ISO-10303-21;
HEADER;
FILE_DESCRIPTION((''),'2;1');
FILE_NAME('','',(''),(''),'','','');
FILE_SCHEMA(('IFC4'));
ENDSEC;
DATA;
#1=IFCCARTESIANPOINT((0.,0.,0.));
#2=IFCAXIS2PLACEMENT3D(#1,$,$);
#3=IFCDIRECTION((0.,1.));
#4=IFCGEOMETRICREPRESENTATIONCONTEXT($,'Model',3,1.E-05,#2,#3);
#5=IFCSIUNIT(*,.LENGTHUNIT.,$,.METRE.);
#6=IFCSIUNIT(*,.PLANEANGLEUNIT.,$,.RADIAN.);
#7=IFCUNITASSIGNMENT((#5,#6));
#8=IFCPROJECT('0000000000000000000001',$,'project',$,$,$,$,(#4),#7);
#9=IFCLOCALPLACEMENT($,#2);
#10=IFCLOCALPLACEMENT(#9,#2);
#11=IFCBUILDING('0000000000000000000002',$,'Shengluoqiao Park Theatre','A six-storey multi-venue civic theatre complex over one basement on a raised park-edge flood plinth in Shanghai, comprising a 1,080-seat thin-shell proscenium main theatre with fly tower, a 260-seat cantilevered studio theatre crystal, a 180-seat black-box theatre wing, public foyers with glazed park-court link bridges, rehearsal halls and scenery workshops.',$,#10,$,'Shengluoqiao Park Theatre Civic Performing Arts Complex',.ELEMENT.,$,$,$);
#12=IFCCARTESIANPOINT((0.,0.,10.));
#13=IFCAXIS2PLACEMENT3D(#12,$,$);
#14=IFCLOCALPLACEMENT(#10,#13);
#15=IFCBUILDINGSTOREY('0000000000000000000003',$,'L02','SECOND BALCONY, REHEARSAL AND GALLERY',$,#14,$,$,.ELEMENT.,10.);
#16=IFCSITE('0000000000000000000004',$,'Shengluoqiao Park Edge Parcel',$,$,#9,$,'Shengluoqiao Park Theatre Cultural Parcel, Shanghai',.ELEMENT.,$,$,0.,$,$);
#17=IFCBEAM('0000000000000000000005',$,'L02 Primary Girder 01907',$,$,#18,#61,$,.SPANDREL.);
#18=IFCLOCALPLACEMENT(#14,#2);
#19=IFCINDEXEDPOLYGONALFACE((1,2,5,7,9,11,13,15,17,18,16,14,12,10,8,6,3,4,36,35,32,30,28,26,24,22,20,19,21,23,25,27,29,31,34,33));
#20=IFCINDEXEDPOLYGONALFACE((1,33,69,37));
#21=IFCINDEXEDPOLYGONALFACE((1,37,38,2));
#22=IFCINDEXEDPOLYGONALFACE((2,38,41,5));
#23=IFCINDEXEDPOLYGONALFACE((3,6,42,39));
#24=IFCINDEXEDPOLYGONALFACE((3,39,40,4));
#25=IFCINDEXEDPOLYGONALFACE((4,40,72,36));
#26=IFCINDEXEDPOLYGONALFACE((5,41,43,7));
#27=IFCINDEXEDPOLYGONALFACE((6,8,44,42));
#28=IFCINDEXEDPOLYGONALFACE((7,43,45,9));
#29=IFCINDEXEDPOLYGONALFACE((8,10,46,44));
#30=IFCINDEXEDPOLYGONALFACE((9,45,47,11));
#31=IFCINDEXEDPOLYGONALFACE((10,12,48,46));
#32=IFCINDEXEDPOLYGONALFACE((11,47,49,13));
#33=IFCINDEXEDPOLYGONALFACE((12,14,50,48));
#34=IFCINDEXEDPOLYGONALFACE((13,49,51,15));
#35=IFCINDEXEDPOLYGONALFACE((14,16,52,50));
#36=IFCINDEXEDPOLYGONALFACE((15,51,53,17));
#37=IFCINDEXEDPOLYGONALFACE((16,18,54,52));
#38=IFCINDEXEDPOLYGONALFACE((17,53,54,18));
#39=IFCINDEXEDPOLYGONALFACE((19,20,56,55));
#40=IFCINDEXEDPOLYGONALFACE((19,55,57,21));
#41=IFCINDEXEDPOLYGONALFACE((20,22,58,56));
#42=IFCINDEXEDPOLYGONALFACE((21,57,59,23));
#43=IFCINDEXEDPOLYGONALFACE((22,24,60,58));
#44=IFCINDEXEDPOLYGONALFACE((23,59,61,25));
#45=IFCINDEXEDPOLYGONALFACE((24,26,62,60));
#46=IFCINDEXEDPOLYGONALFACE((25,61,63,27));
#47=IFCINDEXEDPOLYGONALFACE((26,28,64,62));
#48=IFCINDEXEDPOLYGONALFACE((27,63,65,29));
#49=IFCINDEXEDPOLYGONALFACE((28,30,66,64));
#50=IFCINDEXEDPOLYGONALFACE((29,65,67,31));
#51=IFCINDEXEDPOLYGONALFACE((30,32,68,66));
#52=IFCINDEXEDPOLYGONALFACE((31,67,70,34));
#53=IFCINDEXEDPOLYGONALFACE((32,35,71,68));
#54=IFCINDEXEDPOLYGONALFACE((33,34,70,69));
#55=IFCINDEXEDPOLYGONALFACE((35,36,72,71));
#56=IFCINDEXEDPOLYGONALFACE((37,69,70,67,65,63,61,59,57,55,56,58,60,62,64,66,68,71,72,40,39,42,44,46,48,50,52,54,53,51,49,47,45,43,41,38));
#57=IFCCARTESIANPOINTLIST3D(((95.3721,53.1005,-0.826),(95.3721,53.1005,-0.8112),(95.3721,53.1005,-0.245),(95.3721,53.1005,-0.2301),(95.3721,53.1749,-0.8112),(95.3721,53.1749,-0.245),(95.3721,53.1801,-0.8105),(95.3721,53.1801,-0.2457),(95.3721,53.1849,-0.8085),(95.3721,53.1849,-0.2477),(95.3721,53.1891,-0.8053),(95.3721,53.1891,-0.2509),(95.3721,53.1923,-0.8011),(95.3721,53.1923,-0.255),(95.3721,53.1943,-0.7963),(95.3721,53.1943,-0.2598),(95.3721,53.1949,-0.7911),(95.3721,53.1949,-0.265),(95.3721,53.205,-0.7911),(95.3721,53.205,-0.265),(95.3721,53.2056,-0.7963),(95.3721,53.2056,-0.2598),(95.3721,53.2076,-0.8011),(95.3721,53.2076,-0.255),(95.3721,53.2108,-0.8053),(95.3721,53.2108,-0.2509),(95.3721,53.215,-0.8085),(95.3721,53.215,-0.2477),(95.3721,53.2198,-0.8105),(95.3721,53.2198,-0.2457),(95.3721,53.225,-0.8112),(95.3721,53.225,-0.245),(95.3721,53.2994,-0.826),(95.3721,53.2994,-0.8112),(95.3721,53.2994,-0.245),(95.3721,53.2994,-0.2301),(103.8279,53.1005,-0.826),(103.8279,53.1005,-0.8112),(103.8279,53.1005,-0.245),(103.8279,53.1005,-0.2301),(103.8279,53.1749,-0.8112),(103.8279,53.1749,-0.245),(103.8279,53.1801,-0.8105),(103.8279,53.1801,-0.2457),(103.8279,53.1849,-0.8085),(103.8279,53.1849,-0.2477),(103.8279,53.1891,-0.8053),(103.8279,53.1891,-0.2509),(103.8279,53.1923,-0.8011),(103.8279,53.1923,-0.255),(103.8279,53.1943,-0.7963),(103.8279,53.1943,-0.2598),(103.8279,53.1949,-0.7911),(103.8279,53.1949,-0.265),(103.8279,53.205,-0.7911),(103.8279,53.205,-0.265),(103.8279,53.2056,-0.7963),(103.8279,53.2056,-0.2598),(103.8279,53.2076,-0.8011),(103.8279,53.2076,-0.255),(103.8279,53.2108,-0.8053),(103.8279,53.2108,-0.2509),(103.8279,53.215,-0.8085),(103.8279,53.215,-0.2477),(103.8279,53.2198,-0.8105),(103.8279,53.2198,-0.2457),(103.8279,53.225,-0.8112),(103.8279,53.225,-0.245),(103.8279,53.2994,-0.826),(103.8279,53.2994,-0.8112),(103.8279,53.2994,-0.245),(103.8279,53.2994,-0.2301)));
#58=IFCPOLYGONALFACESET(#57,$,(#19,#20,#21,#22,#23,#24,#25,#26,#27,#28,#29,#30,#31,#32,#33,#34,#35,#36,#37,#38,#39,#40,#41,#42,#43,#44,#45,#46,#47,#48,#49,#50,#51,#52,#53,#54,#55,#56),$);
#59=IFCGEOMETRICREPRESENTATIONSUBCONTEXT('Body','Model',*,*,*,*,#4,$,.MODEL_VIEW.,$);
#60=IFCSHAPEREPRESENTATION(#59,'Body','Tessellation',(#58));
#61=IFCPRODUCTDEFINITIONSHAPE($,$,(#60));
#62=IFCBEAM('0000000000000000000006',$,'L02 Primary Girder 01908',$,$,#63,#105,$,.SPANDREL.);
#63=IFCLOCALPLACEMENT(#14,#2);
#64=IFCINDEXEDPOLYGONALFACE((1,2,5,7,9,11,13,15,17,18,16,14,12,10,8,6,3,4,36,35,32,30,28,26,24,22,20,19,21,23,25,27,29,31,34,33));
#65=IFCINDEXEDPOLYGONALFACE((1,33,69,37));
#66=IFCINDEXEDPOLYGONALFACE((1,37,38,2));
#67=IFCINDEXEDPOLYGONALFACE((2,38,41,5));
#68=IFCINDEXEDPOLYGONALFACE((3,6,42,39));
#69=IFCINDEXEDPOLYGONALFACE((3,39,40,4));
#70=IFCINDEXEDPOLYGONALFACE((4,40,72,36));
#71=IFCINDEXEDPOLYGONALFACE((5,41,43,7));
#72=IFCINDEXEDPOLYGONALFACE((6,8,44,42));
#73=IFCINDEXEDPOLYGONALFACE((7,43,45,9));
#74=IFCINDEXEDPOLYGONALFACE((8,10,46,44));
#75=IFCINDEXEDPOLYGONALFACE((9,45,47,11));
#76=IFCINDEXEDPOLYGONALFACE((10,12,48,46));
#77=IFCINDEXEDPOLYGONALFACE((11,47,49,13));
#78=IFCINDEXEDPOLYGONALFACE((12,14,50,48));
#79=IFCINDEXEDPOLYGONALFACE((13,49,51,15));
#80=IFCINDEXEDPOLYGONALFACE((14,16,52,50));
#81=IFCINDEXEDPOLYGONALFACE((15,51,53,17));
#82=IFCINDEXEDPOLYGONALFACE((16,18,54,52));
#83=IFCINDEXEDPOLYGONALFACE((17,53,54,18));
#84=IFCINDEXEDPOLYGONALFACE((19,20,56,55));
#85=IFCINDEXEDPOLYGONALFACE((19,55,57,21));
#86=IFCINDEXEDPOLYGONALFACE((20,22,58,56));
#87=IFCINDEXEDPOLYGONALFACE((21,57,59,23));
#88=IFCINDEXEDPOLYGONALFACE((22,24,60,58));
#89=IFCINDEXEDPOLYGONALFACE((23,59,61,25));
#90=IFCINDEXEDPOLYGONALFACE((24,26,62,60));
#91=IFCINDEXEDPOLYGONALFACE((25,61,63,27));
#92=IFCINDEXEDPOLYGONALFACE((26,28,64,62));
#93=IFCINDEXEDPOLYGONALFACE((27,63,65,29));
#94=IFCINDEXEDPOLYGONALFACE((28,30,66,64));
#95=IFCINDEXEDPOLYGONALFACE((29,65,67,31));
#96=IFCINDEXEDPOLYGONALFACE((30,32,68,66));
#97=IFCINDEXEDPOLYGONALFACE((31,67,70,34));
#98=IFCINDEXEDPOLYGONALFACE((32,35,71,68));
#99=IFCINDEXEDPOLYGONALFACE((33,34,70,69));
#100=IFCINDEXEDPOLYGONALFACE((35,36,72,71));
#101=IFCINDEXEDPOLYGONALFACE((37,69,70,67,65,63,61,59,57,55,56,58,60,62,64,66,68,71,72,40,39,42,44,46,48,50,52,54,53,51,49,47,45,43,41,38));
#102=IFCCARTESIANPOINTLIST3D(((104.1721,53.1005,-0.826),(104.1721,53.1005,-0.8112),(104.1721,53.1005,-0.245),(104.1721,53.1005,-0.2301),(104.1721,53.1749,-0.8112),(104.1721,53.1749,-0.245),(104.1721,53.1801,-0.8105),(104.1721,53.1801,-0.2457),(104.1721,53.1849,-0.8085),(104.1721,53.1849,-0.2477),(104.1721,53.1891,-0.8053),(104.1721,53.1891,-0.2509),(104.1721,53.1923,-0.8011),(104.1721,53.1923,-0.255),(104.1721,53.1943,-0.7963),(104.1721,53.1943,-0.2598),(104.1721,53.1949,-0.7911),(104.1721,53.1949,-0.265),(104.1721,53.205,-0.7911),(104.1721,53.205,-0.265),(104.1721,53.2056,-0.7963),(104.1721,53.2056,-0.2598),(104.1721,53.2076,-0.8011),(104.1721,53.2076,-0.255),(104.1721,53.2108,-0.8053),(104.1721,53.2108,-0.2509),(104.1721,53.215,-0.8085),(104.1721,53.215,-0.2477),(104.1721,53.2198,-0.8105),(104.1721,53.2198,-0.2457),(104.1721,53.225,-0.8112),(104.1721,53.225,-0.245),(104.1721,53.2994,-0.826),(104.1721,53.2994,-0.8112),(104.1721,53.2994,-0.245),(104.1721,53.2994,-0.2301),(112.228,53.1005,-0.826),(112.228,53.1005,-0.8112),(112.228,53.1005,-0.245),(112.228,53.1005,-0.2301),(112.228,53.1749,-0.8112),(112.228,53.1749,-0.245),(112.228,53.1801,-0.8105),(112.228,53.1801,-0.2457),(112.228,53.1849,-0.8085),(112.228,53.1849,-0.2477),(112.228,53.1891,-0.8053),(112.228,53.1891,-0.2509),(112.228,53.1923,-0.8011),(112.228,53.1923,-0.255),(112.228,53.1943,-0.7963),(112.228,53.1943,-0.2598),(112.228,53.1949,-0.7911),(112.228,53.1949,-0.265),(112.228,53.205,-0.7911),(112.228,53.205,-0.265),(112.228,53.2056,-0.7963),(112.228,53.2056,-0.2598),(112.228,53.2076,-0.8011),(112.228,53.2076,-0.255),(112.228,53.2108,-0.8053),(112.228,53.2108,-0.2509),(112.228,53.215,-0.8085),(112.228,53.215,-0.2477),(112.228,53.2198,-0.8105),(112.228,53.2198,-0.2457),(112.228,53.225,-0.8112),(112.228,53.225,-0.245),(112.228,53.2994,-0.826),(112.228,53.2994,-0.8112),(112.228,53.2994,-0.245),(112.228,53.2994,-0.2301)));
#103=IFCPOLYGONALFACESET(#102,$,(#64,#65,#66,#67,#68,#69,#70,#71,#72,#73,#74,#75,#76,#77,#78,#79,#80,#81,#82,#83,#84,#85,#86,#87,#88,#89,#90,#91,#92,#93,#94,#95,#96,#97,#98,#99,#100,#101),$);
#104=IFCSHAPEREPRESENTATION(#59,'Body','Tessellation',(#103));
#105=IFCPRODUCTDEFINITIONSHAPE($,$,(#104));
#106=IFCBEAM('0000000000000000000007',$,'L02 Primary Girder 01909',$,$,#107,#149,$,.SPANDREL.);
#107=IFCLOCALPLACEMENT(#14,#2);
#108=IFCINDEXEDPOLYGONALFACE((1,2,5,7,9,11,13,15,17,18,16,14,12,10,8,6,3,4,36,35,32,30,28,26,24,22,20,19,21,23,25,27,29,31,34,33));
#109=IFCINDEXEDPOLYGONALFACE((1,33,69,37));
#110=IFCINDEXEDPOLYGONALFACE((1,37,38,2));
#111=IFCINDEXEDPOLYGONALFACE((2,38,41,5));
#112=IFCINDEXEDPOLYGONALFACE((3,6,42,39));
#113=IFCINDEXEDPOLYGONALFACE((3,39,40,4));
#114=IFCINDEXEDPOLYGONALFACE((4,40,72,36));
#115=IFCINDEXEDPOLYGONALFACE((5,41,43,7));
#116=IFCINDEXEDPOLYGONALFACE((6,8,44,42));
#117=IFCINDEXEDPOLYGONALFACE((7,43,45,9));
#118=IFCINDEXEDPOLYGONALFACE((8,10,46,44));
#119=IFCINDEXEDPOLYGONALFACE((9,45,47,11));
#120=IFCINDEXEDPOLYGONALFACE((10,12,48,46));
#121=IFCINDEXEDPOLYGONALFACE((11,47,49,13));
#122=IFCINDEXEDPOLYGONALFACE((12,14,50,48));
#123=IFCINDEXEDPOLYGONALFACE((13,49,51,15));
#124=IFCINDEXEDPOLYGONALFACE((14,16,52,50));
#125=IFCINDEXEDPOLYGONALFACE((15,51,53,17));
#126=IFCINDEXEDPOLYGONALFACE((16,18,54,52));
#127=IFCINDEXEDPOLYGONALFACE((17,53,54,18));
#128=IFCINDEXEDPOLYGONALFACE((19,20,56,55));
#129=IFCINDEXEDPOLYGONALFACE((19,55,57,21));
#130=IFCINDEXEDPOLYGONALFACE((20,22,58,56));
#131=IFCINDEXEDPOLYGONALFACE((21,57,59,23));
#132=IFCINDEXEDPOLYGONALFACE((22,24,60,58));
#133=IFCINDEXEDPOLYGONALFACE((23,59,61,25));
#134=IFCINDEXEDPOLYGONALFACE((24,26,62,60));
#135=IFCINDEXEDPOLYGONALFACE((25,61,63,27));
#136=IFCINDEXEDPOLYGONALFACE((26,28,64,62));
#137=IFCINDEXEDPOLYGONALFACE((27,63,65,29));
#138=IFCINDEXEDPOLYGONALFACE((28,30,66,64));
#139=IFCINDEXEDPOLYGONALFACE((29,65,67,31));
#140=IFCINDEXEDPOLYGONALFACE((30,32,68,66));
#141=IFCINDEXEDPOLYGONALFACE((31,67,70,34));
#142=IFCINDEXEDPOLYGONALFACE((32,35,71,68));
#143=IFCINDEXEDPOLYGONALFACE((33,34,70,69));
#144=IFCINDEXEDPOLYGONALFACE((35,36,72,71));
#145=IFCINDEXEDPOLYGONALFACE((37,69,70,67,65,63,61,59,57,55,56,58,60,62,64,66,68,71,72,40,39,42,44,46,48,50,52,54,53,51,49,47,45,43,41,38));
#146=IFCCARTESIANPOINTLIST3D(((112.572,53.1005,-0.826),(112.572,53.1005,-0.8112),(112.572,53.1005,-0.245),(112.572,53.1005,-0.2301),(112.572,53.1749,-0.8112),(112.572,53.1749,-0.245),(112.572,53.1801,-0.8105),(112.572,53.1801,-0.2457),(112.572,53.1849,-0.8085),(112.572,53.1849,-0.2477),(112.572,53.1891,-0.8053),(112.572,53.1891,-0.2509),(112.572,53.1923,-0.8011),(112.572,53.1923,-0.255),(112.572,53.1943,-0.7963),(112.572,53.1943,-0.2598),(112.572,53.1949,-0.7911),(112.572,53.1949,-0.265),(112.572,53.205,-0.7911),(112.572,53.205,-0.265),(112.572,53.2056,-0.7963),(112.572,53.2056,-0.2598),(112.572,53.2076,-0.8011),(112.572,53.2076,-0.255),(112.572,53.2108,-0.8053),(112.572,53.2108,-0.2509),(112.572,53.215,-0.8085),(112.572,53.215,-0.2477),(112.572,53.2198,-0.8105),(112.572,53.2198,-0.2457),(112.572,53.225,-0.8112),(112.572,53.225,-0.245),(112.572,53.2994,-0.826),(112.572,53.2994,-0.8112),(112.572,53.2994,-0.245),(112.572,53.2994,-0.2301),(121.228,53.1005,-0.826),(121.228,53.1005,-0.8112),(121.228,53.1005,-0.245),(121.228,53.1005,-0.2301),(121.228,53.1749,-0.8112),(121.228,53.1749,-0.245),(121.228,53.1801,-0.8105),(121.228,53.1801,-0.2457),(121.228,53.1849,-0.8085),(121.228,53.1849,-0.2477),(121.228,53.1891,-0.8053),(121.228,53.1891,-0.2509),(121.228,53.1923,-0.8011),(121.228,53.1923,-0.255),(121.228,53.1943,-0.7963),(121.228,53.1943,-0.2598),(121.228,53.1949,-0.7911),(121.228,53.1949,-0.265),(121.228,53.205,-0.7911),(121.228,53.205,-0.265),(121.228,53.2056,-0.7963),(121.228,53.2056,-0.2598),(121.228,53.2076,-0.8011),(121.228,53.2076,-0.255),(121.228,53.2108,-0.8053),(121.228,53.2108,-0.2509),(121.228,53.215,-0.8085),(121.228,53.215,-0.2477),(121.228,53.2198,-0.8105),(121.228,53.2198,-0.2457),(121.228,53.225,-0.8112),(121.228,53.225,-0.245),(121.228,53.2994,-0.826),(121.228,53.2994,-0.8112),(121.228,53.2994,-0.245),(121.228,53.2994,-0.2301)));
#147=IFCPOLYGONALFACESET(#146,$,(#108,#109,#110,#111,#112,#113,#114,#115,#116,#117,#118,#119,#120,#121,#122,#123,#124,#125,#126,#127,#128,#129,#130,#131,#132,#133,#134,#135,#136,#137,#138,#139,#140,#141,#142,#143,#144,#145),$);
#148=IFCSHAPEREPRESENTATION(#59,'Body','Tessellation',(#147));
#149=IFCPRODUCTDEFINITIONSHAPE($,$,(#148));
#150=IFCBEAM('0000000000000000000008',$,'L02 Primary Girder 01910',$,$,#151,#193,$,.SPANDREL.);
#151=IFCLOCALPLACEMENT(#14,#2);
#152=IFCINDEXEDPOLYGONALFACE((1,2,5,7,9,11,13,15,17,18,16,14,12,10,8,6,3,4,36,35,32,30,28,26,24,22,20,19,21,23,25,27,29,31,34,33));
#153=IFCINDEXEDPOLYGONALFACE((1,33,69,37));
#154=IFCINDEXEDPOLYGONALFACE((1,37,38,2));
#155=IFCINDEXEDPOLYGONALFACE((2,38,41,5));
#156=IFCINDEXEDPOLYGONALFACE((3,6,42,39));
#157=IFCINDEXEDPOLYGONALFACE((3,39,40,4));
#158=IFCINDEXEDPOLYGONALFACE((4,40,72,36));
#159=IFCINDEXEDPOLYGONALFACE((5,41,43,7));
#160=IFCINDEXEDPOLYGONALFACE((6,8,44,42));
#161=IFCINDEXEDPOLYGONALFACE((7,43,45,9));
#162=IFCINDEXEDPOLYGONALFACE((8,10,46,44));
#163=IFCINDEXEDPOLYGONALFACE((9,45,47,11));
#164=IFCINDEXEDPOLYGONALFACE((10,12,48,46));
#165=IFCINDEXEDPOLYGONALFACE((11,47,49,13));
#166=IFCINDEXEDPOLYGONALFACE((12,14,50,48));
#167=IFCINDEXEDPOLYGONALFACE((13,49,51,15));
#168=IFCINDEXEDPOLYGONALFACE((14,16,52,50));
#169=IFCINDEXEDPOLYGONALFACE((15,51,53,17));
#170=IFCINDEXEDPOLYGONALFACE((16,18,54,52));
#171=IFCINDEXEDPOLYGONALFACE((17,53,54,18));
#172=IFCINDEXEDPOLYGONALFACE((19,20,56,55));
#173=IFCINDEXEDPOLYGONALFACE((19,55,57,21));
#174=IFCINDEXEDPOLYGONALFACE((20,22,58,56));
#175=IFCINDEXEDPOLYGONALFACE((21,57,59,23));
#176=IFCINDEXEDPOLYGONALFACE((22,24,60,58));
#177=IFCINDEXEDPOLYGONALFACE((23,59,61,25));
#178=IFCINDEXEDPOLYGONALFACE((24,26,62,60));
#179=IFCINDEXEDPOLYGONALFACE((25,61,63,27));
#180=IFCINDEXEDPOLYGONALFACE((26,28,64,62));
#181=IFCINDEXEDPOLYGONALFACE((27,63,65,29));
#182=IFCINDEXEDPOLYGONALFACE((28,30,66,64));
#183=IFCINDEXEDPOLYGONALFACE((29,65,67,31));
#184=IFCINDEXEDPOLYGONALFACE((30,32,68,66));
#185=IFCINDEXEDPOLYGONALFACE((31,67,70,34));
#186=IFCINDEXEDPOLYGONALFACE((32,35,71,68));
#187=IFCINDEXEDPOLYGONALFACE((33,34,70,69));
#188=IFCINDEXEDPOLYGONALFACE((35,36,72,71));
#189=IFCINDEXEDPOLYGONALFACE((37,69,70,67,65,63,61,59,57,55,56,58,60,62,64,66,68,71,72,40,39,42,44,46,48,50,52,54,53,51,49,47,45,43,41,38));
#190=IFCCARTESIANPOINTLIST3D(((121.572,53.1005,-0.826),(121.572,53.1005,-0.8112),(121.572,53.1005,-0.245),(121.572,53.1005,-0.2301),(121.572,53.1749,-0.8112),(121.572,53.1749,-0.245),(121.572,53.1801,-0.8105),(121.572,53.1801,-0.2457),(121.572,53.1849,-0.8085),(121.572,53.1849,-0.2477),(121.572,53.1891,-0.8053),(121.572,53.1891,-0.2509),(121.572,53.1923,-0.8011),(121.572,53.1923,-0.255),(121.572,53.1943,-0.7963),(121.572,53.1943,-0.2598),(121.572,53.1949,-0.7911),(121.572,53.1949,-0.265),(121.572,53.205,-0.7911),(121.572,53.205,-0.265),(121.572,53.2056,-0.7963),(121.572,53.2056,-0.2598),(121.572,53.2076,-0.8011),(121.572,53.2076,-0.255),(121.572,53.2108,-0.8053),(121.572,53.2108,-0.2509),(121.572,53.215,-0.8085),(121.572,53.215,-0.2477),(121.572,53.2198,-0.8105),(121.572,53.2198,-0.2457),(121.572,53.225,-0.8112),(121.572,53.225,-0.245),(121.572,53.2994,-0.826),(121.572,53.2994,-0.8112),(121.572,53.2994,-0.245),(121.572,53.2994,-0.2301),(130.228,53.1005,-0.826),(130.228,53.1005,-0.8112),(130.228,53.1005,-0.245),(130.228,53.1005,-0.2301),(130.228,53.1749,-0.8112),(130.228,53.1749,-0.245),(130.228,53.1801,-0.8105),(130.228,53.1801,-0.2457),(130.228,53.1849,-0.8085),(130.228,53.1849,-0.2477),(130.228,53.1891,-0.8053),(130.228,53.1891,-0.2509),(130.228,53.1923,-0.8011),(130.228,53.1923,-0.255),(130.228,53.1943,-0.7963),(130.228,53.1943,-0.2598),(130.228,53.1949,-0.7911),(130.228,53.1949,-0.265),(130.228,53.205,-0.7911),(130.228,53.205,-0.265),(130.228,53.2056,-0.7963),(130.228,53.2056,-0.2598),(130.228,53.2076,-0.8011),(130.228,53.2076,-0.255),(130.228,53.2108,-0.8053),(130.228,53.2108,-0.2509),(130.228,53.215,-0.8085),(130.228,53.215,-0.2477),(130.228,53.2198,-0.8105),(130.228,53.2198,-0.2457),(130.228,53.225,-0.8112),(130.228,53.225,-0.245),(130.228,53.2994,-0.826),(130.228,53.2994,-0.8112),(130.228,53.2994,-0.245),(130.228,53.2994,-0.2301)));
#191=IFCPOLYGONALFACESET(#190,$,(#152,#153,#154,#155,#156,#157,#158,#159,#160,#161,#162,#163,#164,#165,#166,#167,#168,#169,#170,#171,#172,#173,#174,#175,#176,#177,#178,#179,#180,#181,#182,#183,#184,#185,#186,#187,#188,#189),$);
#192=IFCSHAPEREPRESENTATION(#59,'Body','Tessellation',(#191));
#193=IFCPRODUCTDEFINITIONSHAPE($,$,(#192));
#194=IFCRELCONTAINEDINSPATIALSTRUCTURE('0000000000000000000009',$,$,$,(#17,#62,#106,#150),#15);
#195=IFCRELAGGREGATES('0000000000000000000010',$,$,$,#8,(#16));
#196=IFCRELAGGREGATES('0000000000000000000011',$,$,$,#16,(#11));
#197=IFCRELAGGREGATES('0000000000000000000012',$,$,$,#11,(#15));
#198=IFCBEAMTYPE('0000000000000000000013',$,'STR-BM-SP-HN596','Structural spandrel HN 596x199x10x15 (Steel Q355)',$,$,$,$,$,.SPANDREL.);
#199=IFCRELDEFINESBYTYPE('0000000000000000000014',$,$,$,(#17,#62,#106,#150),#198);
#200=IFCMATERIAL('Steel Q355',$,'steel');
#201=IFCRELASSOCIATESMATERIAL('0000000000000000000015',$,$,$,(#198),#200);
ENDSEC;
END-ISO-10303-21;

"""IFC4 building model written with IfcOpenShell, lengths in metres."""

from ifc_helpers import new_model, si_unit, direction, frame, origin, origin_2d, place, context, subcontext, project, spatial, i_section, extrude, material, material_profile, profile_set, type_object, element, save


model = new_model("IFC4")

# Units and contexts
model_context = context("Model", 3, precision=1e-05, world=origin(), true_north=direction((0.0, 1.0)))
body_context = subcontext(model_context, "Body", "Model", "MODEL_VIEW")
ifc_project = project(units=[si_unit("LENGTHUNIT", "METRE"), si_unit("PLANEANGLEUNIT", "RADIAN")], contexts=[model_context])

# Site, building, storey
site_placement = place(None, origin())
site = spatial("IfcSite", under=ifc_project, at=site_placement, Name="Shengluoqiao Park Edge Parcel", LongName="Shengluoqiao Park Theatre Cultural Parcel, Shanghai", CompositionType="ELEMENT", RefElevation=0.0)
building_placement = place(site_placement, origin())
building = spatial("IfcBuilding", under=site, at=building_placement, Name="Shengluoqiao Park Theatre", Description="A six-storey multi-venue civic theatre complex over one basement on a raised park-edge flood plinth in Shanghai, comprising a 1,080-seat thin-shell proscenium main theatre with fly tower, a 260-seat cantilevered studio theatre crystal, a 180-seat black-box theatre wing, public foyers with glazed park-court link bridges, rehearsal halls and scenery workshops.", LongName="Shengluoqiao Park Theatre Civic Performing Arts Complex", CompositionType="ELEMENT")
storey_placement = place(building_placement, frame((0.0, 0.0, 10.0)))
storey = spatial("IfcBuildingStorey", under=building, at=storey_placement, Name="L02", Description="SECOND BALCONY, REHEARSAL AND GALLERY", CompositionType="ELEMENT", Elevation=10.0)

# Beams
ifc_material_1 = material(Name="Steel Q355", Category="steel")
ifc_material_profile_1 = material_profile(ifc_material_1, i_section(OverallWidth=0.199, OverallDepth=0.5959, WebThickness=0.01, FlangeThickness=0.0149, FilletRadius=0.02, at=origin_2d()), Name="HN 596x199x10x15")
ifc_profile_set_1 = profile_set([ifc_material_profile_1], Name="Steel Q355")
beam_type_1 = type_object("IfcBeamType", Name="STR-BM-SP-HN596", Description="Structural spandrel HN 596x199x10x15 (Steel Q355)", PredefinedType="SPANDREL", material=ifc_profile_set_1)
beam_1_placement = place(storey_placement, frame((95.3721, 53.2, -0.5281), z_axis=(1.0, 0.0, 0.0), x_axis=(0.0, 1.0, 0.0)))
element("IfcBeam", 1, at=beam_1_placement, inside=storey, type_object=beam_type_1, Name="L02 Primary Girder 01907", PredefinedType="SPANDREL", context=body_context, shape_type="SweptSolid", body=[
    extrude(i_section(OverallWidth=0.199, OverallDepth=0.5959, WebThickness=0.01, FlangeThickness=0.0149, FilletRadius=0.02, at=origin_2d()), origin(), (0.0, 0.0, 1.0), 8.4558),
])
beam_2_placement = place(storey_placement, frame((104.1721, 53.2, -0.5281), z_axis=(1.0, 0.0, 0.0), x_axis=(0.0, 1.0, 0.0)))
element("IfcBeam", 2, at=beam_2_placement, inside=storey, type_object=beam_type_1, Name="L02 Primary Girder 01908", PredefinedType="SPANDREL", context=body_context, shape_type="SweptSolid", body=[
    extrude(i_section(OverallWidth=0.199, OverallDepth=0.5959, WebThickness=0.01, FlangeThickness=0.0149, FilletRadius=0.02, at=origin_2d()), origin(), (0.0, 0.0, 1.0), 8.0559),
])
for number, where, z_axis, x_axis, name in (
    (3, (112.572, 53.2, -0.5281), (1.0, 0.0, 0.0), (0.0, 1.0, 0.0), "L02 Primary Girder 01909"),
    (4, (121.572, 53.2, -0.5281), (1.0, 0.0, 0.0), (0.0, 1.0, 0.0), "L02 Primary Girder 01910"),
):
    element("IfcBeam", number, at=place(storey_placement, frame(where, z_axis=z_axis, x_axis=x_axis)), inside=storey, type_object=beam_type_1, Name=name, PredefinedType="SPANDREL", context=body_context, shape_type="SweptSolid", body=[
        extrude(i_section(OverallWidth=0.199, OverallDepth=0.5959, WebThickness=0.01, FlangeThickness=0.0149, FilletRadius=0.02, at=origin_2d()), origin(), (0.0, 0.0, 1.0), 8.656),
    ])

save(model, "model.ifc")
